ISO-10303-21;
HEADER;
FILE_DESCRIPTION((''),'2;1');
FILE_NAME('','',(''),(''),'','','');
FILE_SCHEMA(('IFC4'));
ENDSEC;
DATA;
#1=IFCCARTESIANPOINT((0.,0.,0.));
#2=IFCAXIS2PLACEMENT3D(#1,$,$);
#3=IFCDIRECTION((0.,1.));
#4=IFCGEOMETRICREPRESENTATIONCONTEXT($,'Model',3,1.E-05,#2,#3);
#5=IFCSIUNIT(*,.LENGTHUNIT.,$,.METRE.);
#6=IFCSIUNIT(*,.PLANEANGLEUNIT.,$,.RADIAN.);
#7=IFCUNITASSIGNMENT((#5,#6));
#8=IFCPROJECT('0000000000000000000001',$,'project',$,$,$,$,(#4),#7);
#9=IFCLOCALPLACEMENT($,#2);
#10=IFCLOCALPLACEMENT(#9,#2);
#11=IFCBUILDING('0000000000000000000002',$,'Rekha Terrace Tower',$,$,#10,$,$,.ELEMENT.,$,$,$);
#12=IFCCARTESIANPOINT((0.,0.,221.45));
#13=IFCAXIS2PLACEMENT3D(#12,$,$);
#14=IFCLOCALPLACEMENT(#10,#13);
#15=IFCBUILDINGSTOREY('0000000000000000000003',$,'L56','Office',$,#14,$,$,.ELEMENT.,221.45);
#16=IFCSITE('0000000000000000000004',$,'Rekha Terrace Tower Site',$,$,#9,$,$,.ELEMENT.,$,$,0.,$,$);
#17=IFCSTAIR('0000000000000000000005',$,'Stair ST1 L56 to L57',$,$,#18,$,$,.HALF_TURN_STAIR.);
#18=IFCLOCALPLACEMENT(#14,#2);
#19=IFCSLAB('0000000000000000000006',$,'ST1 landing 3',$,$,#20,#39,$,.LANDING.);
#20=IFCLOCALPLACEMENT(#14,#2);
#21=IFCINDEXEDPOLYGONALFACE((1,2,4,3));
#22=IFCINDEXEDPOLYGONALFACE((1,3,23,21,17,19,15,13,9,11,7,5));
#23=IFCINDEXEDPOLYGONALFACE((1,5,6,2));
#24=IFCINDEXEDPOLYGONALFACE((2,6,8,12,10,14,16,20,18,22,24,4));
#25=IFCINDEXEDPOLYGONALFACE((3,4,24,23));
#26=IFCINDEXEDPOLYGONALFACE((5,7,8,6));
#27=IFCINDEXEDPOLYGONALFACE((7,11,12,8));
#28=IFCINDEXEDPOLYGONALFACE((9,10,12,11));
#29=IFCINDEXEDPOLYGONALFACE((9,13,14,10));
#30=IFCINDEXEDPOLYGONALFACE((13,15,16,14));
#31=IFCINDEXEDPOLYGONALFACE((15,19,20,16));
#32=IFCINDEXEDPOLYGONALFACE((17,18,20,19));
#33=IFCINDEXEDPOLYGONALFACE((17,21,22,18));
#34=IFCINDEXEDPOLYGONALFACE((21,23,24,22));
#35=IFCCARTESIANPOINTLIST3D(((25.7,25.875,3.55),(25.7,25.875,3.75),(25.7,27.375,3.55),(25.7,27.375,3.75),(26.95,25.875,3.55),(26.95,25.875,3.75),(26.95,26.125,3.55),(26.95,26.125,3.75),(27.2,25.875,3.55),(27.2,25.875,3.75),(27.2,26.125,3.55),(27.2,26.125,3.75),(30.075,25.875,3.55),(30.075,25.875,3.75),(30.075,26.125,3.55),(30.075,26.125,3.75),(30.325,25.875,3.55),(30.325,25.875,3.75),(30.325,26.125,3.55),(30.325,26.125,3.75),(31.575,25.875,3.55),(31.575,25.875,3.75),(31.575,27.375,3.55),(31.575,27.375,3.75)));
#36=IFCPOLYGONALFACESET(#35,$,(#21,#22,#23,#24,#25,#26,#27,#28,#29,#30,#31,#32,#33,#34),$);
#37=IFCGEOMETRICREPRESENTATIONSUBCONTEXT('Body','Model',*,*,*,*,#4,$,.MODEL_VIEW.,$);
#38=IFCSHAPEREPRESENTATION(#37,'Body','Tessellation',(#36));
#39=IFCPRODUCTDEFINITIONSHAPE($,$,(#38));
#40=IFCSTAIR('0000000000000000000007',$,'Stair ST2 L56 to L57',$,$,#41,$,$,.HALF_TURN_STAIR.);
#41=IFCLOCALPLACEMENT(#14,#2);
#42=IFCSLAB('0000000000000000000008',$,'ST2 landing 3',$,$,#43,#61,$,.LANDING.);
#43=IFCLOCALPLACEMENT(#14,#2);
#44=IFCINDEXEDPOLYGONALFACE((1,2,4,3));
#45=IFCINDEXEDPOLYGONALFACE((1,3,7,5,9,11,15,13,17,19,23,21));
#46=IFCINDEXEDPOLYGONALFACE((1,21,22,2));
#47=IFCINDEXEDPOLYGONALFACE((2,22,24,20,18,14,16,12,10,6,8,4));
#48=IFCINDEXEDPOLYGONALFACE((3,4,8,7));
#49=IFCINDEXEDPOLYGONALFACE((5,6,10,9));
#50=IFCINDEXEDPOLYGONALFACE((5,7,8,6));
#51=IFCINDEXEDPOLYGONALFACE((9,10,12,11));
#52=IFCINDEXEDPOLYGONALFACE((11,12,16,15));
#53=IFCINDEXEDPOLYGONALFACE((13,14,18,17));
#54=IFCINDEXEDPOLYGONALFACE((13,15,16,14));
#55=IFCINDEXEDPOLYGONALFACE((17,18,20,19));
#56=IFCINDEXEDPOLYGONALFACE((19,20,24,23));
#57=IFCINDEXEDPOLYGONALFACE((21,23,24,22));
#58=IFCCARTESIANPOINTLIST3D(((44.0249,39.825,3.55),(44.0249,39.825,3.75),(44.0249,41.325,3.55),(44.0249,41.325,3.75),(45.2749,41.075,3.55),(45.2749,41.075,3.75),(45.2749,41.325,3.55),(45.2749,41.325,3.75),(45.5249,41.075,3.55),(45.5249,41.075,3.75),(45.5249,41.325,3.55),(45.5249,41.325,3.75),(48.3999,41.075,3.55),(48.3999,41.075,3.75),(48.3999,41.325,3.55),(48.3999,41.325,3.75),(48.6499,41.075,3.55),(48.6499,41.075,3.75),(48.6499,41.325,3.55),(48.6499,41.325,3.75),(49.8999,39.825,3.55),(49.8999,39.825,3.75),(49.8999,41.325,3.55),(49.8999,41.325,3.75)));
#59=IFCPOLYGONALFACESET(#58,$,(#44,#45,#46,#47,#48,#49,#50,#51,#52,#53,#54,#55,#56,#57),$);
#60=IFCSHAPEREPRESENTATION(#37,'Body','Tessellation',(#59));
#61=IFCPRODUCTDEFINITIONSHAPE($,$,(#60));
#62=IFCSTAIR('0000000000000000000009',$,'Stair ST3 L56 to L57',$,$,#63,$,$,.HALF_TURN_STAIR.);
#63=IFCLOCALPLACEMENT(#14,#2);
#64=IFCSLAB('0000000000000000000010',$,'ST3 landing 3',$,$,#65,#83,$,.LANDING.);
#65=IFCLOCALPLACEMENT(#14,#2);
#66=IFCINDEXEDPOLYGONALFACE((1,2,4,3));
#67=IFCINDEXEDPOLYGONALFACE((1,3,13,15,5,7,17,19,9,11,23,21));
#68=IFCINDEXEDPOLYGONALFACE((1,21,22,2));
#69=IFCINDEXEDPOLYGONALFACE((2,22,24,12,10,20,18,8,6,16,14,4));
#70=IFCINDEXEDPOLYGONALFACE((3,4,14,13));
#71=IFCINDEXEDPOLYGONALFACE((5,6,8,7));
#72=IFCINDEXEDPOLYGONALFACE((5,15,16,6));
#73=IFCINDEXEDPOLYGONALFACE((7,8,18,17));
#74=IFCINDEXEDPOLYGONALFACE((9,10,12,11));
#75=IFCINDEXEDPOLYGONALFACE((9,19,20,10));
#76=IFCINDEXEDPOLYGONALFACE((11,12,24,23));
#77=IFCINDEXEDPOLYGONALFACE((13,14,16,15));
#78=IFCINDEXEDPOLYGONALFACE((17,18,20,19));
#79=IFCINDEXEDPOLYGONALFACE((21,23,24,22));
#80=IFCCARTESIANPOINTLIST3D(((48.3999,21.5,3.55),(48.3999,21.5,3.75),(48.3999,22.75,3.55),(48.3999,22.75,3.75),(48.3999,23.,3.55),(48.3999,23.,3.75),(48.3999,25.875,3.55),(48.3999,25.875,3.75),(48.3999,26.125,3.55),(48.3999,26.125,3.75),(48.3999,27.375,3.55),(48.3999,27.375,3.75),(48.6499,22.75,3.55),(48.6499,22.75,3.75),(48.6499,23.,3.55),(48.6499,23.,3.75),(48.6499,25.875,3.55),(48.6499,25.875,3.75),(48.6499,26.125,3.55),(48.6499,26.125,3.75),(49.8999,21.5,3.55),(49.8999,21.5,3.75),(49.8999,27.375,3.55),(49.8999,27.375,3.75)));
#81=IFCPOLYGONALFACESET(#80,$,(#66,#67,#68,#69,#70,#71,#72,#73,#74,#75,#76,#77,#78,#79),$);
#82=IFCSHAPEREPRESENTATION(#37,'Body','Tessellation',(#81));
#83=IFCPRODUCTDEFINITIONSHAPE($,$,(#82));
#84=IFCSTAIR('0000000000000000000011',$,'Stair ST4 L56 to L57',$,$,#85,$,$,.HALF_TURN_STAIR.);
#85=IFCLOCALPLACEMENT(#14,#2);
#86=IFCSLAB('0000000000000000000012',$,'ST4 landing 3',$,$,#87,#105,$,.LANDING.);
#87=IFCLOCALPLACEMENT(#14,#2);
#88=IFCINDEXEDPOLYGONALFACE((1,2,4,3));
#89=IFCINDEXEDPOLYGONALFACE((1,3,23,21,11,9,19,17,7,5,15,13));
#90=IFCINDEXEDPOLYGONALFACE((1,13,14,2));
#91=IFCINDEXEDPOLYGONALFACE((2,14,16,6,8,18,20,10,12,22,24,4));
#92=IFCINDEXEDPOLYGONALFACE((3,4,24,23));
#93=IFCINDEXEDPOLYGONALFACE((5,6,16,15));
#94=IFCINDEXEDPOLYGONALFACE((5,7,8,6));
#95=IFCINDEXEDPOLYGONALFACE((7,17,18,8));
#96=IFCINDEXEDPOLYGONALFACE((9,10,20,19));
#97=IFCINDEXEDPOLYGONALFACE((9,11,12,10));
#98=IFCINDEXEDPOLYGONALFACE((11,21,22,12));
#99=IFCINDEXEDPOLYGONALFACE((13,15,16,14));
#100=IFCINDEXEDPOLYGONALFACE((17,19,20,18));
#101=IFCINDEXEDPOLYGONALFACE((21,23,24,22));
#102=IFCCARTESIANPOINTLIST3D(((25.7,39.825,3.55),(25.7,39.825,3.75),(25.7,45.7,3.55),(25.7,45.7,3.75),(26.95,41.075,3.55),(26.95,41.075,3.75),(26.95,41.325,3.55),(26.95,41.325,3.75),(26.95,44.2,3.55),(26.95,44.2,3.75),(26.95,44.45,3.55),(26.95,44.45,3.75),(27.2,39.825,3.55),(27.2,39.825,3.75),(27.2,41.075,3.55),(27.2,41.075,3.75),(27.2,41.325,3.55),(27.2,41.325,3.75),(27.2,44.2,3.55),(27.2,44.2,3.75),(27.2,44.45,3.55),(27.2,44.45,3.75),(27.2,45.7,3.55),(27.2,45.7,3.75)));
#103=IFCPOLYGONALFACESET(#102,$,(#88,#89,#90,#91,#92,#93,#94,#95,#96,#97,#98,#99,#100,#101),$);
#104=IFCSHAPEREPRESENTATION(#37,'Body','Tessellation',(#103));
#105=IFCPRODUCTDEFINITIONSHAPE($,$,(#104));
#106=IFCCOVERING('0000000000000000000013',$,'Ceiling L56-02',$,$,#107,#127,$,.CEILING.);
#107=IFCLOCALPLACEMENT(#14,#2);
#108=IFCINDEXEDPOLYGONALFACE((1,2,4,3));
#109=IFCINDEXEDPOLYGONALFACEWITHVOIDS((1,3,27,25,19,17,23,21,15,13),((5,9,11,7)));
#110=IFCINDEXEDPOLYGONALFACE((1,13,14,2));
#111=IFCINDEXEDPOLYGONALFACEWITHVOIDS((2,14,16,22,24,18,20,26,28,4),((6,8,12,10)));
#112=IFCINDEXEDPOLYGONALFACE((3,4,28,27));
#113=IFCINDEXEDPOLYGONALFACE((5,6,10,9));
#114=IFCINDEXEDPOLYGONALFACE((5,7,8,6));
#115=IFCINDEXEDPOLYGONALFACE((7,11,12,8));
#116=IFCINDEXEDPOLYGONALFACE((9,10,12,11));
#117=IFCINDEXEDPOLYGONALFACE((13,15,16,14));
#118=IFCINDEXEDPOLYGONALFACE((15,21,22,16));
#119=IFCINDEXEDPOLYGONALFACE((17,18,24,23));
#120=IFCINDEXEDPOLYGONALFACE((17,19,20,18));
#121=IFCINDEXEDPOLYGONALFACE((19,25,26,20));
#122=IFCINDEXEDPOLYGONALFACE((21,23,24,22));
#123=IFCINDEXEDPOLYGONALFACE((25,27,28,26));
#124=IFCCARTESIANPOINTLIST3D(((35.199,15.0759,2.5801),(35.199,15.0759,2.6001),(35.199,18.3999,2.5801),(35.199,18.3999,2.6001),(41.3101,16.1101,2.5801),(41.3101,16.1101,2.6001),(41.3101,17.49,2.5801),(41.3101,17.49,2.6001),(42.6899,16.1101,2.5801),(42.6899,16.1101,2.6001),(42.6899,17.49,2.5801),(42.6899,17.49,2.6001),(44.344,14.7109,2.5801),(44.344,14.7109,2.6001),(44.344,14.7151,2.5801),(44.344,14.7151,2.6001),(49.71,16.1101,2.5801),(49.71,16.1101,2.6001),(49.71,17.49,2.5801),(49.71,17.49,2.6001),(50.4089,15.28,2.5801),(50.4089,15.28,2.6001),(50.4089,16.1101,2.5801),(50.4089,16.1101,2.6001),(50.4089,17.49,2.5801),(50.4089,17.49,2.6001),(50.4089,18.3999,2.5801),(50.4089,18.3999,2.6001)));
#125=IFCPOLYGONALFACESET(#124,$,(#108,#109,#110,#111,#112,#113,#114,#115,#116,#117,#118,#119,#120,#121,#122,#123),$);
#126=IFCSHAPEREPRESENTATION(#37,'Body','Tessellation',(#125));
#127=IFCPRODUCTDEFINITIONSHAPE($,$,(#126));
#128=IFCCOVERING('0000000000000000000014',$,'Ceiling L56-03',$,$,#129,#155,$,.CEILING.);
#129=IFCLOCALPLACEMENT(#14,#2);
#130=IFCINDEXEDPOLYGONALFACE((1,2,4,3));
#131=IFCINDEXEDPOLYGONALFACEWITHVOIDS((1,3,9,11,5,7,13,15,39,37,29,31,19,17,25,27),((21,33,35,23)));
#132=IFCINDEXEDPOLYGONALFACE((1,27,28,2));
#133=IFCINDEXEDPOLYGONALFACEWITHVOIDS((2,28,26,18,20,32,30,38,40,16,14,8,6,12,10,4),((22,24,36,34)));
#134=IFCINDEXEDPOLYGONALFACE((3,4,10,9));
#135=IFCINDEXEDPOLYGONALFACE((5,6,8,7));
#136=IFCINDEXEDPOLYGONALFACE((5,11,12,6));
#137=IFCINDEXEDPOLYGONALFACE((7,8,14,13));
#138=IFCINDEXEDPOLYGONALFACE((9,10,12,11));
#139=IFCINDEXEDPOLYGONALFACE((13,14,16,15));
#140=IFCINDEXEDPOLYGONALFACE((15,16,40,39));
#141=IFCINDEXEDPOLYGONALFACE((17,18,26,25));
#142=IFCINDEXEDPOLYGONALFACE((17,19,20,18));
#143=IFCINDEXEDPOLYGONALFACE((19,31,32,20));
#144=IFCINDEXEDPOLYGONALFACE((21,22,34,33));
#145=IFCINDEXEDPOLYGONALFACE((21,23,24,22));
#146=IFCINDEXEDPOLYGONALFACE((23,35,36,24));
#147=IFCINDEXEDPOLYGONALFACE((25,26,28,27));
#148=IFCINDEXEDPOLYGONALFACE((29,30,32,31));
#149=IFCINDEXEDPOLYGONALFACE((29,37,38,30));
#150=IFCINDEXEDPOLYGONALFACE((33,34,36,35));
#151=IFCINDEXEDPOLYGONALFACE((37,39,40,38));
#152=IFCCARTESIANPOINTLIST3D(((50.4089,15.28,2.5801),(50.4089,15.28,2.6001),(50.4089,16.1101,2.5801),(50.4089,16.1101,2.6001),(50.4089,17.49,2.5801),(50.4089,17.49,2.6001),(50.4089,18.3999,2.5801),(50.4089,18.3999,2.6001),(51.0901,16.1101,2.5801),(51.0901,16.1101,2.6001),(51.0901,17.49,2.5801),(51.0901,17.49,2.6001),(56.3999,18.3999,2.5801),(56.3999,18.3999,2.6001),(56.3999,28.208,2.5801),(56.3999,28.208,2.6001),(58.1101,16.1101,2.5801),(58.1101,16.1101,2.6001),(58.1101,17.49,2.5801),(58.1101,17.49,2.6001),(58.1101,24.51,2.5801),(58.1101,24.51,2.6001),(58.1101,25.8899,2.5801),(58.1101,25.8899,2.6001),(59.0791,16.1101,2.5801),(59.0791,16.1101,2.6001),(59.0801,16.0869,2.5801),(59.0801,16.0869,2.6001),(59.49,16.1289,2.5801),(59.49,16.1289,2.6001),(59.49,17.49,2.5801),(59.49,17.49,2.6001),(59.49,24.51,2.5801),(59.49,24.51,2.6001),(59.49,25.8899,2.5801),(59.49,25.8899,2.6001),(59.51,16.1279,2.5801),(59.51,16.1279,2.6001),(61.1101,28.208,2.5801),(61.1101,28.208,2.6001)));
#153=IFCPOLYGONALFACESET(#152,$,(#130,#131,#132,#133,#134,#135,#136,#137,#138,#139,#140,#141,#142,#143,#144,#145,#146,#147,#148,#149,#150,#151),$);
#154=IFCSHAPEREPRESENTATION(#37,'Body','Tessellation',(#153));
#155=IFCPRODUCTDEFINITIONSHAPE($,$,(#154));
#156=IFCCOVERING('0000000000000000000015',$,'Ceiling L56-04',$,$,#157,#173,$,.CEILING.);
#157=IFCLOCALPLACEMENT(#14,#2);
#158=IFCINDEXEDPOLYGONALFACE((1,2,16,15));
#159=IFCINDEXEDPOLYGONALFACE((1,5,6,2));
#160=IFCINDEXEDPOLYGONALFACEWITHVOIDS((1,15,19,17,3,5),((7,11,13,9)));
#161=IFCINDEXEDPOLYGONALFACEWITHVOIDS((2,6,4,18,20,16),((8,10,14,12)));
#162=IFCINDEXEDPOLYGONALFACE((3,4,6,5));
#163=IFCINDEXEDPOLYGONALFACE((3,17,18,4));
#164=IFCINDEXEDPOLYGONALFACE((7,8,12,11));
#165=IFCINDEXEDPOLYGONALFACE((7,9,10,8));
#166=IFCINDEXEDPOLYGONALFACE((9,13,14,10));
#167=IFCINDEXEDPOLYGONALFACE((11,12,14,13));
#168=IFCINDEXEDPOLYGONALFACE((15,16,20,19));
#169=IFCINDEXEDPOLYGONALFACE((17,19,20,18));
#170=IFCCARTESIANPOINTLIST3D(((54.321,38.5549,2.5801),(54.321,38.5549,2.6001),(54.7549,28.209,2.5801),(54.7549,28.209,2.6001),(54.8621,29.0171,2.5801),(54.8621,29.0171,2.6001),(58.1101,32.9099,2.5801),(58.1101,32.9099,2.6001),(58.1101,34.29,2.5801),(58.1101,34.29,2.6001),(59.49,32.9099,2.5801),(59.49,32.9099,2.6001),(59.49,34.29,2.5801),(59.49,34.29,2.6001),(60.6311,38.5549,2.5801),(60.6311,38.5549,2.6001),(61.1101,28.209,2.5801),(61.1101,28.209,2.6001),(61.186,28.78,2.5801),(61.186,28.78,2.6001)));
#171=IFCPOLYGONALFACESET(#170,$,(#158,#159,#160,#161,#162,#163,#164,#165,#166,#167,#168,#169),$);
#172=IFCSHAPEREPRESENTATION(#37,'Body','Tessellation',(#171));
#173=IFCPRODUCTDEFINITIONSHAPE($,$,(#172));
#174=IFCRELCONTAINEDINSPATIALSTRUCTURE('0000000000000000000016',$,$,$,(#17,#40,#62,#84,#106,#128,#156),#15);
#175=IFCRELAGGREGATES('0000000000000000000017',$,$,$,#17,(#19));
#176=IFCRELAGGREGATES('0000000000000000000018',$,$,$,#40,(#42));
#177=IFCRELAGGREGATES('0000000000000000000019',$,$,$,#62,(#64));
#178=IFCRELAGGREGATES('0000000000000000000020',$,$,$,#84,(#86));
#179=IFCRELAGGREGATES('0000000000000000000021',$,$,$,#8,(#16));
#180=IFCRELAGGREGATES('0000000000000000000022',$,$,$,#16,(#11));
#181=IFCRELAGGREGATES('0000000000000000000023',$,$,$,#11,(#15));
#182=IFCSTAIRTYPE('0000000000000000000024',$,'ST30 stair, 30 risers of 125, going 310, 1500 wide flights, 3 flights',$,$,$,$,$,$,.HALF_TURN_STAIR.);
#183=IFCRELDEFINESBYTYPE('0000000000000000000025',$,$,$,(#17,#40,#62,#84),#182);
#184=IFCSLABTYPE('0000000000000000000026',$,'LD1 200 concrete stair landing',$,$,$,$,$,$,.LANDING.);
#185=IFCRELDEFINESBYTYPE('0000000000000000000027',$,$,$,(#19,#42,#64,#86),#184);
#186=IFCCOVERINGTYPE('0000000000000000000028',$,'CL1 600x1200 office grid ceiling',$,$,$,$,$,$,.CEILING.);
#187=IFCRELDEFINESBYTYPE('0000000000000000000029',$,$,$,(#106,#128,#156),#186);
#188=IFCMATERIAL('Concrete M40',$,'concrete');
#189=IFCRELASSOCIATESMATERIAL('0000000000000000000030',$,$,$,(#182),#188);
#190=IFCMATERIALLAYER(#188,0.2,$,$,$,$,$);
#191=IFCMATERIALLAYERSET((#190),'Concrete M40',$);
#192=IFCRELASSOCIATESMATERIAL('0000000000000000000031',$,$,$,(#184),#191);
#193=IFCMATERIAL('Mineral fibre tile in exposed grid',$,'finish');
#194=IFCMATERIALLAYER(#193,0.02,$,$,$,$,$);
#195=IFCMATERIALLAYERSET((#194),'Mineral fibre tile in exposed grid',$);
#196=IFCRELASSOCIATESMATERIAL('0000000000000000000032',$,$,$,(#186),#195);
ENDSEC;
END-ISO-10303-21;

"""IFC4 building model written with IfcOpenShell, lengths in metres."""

from ifc_helpers import new_model, si_unit, direction, frame, origin, place, context, subcontext, project, spatial, polyline, outline, extrude, material, layer, layer_set, type_object, element, aggregate, save


model = new_model("IFC4")

# Units and contexts
model_context = context("Model", 3, precision=1e-05, world=origin(), true_north=direction((0.0, 1.0)))
body_context = subcontext(model_context, "Body", "Model", "MODEL_VIEW")
ifc_project = project(units=[si_unit("LENGTHUNIT", "METRE"), si_unit("PLANEANGLEUNIT", "RADIAN")], contexts=[model_context])

# Site, building, storey
site_placement = place(None, origin())
site = spatial("IfcSite", under=ifc_project, at=site_placement, Name="Rekha Terrace Tower Site", CompositionType="ELEMENT", RefElevation=0.0)
building_placement = place(site_placement, origin())
building = spatial("IfcBuilding", under=site, at=building_placement, Name="Rekha Terrace Tower", CompositionType="ELEMENT")
storey_placement = place(building_placement, frame((0.0, 0.0, 221.45)))
storey = spatial("IfcBuildingStorey", under=building, at=storey_placement, Name="L56", Description="Office", CompositionType="ELEMENT", Elevation=221.45)

# Stairs, slabs
ifc_material_1 = material(Name="Concrete M40", Category="concrete")
stair_type = type_object("IfcStairType", Name="ST30 stair, 30 risers of 125, going 310, 1500 wide flights, 3 flights", PredefinedType="HALF_TURN_STAIR", material=ifc_material_1)
stair_1_placement = place(storey_placement, origin())
stair_1 = element("IfcStair", 1, at=stair_1_placement, inside=storey, type_object=stair_type, Name="Stair ST1 L56 to L57", PredefinedType="HALF_TURN_STAIR")
ifc_layer_1 = layer(ifc_material_1, 0.2)
ifc_layer_set_1 = layer_set([ifc_layer_1], Name="Concrete M40")
slab_type = type_object("IfcSlabType", Name="LD1 200 concrete stair landing", PredefinedType="LANDING", material=ifc_layer_set_1)
slab_1_placement = place(storey_placement, frame((0.0, 0.0, 3.55)))
slab_1 = element("IfcSlab", 2, at=slab_1_placement, type_object=slab_type, Name="ST1 landing 3", PredefinedType="LANDING", context=body_context, shape_type="SweptSolid", body=[
    extrude(outline(polyline([(31.575, 25.875), (31.575, 27.375), (25.7, 27.375), (25.7, 25.875), (26.95, 25.875), (26.95, 26.125), (27.2, 26.125), (27.2, 25.875), (30.075, 25.875), (30.075, 26.125), (30.325, 26.125), (30.325, 25.875), (31.575, 25.875)])), origin(), (0.0, 0.0, 1.0), 0.2),
])
aggregate(stair_1, [slab_1])
stair_2_placement = place(storey_placement, origin())
stair_2 = element("IfcStair", 3, at=stair_2_placement, inside=storey, type_object=stair_type, Name="Stair ST2 L56 to L57", PredefinedType="HALF_TURN_STAIR")
slab_2_placement = place(storey_placement, frame((0.0, 0.0, 3.55)))
slab_2 = element("IfcSlab", 4, at=slab_2_placement, type_object=slab_type, Name="ST2 landing 3", PredefinedType="LANDING", context=body_context, shape_type="SweptSolid", body=[
    extrude(outline(polyline([(44.0249, 41.325), (44.0249, 39.825), (49.8999, 39.825), (49.8999, 41.325), (48.6499, 41.325), (48.6499, 41.075), (48.3999, 41.075), (48.3999, 41.325), (45.5249, 41.325), (45.5249, 41.075), (45.2749, 41.075), (45.2749, 41.325), (44.0249, 41.325)])), origin(), (0.0, 0.0, 1.0), 0.2),
])
aggregate(stair_2, [slab_2])
stair_3_placement = place(storey_placement, origin())
stair_3 = element("IfcStair", 5, at=stair_3_placement, inside=storey, type_object=stair_type, Name="Stair ST3 L56 to L57", PredefinedType="HALF_TURN_STAIR")
slab_3_placement = place(storey_placement, frame((0.0, 0.0, 3.55)))
slab_3 = element("IfcSlab", 6, at=slab_3_placement, type_object=slab_type, Name="ST3 landing 3", PredefinedType="LANDING", context=body_context, shape_type="SweptSolid", body=[
    extrude(outline(polyline([(48.3999, 21.5), (49.8999, 21.5), (49.8999, 27.375), (48.3999, 27.375), (48.3999, 26.125), (48.6499, 26.125), (48.6499, 25.875), (48.3999, 25.875), (48.3999, 23.0), (48.6499, 23.0), (48.6499, 22.75), (48.3999, 22.75), (48.3999, 21.5)])), origin(), (0.0, 0.0, 1.0), 0.2),
])
aggregate(stair_3, [slab_3])
stair_4_placement = place(storey_placement, origin())
stair_4 = element("IfcStair", 7, at=stair_4_placement, inside=storey, type_object=stair_type, Name="Stair ST4 L56 to L57", PredefinedType="HALF_TURN_STAIR")
slab_4_placement = place(storey_placement, frame((0.0, 0.0, 3.55)))
slab_4 = element("IfcSlab", 8, at=slab_4_placement, type_object=slab_type, Name="ST4 landing 3", PredefinedType="LANDING", context=body_context, shape_type="SweptSolid", body=[
    extrude(outline(polyline([(27.2, 39.825), (25.7, 39.825), (25.7, 45.7), (27.2, 45.7), (27.2, 44.45), (26.95, 44.45), (26.95, 44.2), (27.2, 44.2), (27.2, 41.325), (26.95, 41.325), (26.95, 41.075), (27.2, 41.075), (27.2, 39.825)])), origin(), (0.0, 0.0, 1.0), 0.2),
])
aggregate(stair_4, [slab_4])

# Coverings
ifc_material_2 = material(Name="Mineral fibre tile in exposed grid", Category="finish")
ifc_layer_2 = layer(ifc_material_2, 0.02)
ifc_layer_set_2 = layer_set([ifc_layer_2], Name="Mineral fibre tile in exposed grid")
covering_type_1 = type_object("IfcCoveringType", Name="CL1 600x1200 office grid ceiling", PredefinedType="CEILING", material=ifc_layer_set_2)
covering_1_placement = place(storey_placement, frame((0.0, 0.0, 2.5801)))
element("IfcCovering", 9, at=covering_1_placement, inside=storey, type_object=covering_type_1, Name="Ceiling L56-02", PredefinedType="CEILING", context=body_context, shape_type="SweptSolid", body=[
    extrude(outline(polyline([(35.199, 15.0759), (44.344, 14.7109), (44.344, 14.7151), (50.4089, 15.28), (50.4089, 16.1101), (49.71, 16.1101), (49.71, 17.49), (50.4089, 17.49), (50.4089, 18.3999), (35.199, 18.3999), (35.199, 15.0759)]), holes=[polyline([(42.6899, 17.49), (42.6899, 16.1101), (41.3101, 16.1101), (41.3101, 17.49), (42.6899, 17.49)])]), origin(), (0.0, 0.0, 1.0), 0.02),
])
covering_2_placement = place(storey_placement, frame((0.0, 0.0, 2.5801)))
element("IfcCovering", 10, at=covering_2_placement, inside=storey, type_object=covering_type_1, Name="Ceiling L56-03", PredefinedType="CEILING", context=body_context, shape_type="SweptSolid", body=[
    extrude(outline(polyline([(59.49, 16.1289), (59.51, 16.1279), (61.1101, 28.208), (56.3999, 28.208), (56.3999, 18.3999), (50.4089, 18.3999), (50.4089, 17.49), (51.0901, 17.49), (51.0901, 16.1101), (50.4089, 16.1101), (50.4089, 15.28), (59.0801, 16.0869), (59.0791, 16.1101), (58.1101, 16.1101), (58.1101, 17.49), (59.49, 17.49), (59.49, 16.1289)]), holes=[polyline([(59.49, 24.51), (58.1101, 24.51), (58.1101, 25.8899), (59.49, 25.8899), (59.49, 24.51)])]), origin(), (0.0, 0.0, 1.0), 0.02),
])
covering_3_placement = place(storey_placement, frame((0.0, 0.0, 2.5801)))
element("IfcCovering", 11, at=covering_3_placement, inside=storey, type_object=covering_type_1, Name="Ceiling L56-04", PredefinedType="CEILING", context=body_context, shape_type="SweptSolid", body=[
    extrude(outline(polyline([(61.186, 28.78), (60.6311, 38.5549), (54.321, 38.5549), (54.8621, 29.0171), (54.7549, 28.209), (61.1101, 28.209), (61.186, 28.78)]), holes=[polyline([(59.49, 34.29), (59.49, 32.9099), (58.1101, 32.9099), (58.1101, 34.29), (59.49, 34.29)])]), origin(), (0.0, 0.0, 1.0), 0.02),
])

save(model, "model.ifc")
